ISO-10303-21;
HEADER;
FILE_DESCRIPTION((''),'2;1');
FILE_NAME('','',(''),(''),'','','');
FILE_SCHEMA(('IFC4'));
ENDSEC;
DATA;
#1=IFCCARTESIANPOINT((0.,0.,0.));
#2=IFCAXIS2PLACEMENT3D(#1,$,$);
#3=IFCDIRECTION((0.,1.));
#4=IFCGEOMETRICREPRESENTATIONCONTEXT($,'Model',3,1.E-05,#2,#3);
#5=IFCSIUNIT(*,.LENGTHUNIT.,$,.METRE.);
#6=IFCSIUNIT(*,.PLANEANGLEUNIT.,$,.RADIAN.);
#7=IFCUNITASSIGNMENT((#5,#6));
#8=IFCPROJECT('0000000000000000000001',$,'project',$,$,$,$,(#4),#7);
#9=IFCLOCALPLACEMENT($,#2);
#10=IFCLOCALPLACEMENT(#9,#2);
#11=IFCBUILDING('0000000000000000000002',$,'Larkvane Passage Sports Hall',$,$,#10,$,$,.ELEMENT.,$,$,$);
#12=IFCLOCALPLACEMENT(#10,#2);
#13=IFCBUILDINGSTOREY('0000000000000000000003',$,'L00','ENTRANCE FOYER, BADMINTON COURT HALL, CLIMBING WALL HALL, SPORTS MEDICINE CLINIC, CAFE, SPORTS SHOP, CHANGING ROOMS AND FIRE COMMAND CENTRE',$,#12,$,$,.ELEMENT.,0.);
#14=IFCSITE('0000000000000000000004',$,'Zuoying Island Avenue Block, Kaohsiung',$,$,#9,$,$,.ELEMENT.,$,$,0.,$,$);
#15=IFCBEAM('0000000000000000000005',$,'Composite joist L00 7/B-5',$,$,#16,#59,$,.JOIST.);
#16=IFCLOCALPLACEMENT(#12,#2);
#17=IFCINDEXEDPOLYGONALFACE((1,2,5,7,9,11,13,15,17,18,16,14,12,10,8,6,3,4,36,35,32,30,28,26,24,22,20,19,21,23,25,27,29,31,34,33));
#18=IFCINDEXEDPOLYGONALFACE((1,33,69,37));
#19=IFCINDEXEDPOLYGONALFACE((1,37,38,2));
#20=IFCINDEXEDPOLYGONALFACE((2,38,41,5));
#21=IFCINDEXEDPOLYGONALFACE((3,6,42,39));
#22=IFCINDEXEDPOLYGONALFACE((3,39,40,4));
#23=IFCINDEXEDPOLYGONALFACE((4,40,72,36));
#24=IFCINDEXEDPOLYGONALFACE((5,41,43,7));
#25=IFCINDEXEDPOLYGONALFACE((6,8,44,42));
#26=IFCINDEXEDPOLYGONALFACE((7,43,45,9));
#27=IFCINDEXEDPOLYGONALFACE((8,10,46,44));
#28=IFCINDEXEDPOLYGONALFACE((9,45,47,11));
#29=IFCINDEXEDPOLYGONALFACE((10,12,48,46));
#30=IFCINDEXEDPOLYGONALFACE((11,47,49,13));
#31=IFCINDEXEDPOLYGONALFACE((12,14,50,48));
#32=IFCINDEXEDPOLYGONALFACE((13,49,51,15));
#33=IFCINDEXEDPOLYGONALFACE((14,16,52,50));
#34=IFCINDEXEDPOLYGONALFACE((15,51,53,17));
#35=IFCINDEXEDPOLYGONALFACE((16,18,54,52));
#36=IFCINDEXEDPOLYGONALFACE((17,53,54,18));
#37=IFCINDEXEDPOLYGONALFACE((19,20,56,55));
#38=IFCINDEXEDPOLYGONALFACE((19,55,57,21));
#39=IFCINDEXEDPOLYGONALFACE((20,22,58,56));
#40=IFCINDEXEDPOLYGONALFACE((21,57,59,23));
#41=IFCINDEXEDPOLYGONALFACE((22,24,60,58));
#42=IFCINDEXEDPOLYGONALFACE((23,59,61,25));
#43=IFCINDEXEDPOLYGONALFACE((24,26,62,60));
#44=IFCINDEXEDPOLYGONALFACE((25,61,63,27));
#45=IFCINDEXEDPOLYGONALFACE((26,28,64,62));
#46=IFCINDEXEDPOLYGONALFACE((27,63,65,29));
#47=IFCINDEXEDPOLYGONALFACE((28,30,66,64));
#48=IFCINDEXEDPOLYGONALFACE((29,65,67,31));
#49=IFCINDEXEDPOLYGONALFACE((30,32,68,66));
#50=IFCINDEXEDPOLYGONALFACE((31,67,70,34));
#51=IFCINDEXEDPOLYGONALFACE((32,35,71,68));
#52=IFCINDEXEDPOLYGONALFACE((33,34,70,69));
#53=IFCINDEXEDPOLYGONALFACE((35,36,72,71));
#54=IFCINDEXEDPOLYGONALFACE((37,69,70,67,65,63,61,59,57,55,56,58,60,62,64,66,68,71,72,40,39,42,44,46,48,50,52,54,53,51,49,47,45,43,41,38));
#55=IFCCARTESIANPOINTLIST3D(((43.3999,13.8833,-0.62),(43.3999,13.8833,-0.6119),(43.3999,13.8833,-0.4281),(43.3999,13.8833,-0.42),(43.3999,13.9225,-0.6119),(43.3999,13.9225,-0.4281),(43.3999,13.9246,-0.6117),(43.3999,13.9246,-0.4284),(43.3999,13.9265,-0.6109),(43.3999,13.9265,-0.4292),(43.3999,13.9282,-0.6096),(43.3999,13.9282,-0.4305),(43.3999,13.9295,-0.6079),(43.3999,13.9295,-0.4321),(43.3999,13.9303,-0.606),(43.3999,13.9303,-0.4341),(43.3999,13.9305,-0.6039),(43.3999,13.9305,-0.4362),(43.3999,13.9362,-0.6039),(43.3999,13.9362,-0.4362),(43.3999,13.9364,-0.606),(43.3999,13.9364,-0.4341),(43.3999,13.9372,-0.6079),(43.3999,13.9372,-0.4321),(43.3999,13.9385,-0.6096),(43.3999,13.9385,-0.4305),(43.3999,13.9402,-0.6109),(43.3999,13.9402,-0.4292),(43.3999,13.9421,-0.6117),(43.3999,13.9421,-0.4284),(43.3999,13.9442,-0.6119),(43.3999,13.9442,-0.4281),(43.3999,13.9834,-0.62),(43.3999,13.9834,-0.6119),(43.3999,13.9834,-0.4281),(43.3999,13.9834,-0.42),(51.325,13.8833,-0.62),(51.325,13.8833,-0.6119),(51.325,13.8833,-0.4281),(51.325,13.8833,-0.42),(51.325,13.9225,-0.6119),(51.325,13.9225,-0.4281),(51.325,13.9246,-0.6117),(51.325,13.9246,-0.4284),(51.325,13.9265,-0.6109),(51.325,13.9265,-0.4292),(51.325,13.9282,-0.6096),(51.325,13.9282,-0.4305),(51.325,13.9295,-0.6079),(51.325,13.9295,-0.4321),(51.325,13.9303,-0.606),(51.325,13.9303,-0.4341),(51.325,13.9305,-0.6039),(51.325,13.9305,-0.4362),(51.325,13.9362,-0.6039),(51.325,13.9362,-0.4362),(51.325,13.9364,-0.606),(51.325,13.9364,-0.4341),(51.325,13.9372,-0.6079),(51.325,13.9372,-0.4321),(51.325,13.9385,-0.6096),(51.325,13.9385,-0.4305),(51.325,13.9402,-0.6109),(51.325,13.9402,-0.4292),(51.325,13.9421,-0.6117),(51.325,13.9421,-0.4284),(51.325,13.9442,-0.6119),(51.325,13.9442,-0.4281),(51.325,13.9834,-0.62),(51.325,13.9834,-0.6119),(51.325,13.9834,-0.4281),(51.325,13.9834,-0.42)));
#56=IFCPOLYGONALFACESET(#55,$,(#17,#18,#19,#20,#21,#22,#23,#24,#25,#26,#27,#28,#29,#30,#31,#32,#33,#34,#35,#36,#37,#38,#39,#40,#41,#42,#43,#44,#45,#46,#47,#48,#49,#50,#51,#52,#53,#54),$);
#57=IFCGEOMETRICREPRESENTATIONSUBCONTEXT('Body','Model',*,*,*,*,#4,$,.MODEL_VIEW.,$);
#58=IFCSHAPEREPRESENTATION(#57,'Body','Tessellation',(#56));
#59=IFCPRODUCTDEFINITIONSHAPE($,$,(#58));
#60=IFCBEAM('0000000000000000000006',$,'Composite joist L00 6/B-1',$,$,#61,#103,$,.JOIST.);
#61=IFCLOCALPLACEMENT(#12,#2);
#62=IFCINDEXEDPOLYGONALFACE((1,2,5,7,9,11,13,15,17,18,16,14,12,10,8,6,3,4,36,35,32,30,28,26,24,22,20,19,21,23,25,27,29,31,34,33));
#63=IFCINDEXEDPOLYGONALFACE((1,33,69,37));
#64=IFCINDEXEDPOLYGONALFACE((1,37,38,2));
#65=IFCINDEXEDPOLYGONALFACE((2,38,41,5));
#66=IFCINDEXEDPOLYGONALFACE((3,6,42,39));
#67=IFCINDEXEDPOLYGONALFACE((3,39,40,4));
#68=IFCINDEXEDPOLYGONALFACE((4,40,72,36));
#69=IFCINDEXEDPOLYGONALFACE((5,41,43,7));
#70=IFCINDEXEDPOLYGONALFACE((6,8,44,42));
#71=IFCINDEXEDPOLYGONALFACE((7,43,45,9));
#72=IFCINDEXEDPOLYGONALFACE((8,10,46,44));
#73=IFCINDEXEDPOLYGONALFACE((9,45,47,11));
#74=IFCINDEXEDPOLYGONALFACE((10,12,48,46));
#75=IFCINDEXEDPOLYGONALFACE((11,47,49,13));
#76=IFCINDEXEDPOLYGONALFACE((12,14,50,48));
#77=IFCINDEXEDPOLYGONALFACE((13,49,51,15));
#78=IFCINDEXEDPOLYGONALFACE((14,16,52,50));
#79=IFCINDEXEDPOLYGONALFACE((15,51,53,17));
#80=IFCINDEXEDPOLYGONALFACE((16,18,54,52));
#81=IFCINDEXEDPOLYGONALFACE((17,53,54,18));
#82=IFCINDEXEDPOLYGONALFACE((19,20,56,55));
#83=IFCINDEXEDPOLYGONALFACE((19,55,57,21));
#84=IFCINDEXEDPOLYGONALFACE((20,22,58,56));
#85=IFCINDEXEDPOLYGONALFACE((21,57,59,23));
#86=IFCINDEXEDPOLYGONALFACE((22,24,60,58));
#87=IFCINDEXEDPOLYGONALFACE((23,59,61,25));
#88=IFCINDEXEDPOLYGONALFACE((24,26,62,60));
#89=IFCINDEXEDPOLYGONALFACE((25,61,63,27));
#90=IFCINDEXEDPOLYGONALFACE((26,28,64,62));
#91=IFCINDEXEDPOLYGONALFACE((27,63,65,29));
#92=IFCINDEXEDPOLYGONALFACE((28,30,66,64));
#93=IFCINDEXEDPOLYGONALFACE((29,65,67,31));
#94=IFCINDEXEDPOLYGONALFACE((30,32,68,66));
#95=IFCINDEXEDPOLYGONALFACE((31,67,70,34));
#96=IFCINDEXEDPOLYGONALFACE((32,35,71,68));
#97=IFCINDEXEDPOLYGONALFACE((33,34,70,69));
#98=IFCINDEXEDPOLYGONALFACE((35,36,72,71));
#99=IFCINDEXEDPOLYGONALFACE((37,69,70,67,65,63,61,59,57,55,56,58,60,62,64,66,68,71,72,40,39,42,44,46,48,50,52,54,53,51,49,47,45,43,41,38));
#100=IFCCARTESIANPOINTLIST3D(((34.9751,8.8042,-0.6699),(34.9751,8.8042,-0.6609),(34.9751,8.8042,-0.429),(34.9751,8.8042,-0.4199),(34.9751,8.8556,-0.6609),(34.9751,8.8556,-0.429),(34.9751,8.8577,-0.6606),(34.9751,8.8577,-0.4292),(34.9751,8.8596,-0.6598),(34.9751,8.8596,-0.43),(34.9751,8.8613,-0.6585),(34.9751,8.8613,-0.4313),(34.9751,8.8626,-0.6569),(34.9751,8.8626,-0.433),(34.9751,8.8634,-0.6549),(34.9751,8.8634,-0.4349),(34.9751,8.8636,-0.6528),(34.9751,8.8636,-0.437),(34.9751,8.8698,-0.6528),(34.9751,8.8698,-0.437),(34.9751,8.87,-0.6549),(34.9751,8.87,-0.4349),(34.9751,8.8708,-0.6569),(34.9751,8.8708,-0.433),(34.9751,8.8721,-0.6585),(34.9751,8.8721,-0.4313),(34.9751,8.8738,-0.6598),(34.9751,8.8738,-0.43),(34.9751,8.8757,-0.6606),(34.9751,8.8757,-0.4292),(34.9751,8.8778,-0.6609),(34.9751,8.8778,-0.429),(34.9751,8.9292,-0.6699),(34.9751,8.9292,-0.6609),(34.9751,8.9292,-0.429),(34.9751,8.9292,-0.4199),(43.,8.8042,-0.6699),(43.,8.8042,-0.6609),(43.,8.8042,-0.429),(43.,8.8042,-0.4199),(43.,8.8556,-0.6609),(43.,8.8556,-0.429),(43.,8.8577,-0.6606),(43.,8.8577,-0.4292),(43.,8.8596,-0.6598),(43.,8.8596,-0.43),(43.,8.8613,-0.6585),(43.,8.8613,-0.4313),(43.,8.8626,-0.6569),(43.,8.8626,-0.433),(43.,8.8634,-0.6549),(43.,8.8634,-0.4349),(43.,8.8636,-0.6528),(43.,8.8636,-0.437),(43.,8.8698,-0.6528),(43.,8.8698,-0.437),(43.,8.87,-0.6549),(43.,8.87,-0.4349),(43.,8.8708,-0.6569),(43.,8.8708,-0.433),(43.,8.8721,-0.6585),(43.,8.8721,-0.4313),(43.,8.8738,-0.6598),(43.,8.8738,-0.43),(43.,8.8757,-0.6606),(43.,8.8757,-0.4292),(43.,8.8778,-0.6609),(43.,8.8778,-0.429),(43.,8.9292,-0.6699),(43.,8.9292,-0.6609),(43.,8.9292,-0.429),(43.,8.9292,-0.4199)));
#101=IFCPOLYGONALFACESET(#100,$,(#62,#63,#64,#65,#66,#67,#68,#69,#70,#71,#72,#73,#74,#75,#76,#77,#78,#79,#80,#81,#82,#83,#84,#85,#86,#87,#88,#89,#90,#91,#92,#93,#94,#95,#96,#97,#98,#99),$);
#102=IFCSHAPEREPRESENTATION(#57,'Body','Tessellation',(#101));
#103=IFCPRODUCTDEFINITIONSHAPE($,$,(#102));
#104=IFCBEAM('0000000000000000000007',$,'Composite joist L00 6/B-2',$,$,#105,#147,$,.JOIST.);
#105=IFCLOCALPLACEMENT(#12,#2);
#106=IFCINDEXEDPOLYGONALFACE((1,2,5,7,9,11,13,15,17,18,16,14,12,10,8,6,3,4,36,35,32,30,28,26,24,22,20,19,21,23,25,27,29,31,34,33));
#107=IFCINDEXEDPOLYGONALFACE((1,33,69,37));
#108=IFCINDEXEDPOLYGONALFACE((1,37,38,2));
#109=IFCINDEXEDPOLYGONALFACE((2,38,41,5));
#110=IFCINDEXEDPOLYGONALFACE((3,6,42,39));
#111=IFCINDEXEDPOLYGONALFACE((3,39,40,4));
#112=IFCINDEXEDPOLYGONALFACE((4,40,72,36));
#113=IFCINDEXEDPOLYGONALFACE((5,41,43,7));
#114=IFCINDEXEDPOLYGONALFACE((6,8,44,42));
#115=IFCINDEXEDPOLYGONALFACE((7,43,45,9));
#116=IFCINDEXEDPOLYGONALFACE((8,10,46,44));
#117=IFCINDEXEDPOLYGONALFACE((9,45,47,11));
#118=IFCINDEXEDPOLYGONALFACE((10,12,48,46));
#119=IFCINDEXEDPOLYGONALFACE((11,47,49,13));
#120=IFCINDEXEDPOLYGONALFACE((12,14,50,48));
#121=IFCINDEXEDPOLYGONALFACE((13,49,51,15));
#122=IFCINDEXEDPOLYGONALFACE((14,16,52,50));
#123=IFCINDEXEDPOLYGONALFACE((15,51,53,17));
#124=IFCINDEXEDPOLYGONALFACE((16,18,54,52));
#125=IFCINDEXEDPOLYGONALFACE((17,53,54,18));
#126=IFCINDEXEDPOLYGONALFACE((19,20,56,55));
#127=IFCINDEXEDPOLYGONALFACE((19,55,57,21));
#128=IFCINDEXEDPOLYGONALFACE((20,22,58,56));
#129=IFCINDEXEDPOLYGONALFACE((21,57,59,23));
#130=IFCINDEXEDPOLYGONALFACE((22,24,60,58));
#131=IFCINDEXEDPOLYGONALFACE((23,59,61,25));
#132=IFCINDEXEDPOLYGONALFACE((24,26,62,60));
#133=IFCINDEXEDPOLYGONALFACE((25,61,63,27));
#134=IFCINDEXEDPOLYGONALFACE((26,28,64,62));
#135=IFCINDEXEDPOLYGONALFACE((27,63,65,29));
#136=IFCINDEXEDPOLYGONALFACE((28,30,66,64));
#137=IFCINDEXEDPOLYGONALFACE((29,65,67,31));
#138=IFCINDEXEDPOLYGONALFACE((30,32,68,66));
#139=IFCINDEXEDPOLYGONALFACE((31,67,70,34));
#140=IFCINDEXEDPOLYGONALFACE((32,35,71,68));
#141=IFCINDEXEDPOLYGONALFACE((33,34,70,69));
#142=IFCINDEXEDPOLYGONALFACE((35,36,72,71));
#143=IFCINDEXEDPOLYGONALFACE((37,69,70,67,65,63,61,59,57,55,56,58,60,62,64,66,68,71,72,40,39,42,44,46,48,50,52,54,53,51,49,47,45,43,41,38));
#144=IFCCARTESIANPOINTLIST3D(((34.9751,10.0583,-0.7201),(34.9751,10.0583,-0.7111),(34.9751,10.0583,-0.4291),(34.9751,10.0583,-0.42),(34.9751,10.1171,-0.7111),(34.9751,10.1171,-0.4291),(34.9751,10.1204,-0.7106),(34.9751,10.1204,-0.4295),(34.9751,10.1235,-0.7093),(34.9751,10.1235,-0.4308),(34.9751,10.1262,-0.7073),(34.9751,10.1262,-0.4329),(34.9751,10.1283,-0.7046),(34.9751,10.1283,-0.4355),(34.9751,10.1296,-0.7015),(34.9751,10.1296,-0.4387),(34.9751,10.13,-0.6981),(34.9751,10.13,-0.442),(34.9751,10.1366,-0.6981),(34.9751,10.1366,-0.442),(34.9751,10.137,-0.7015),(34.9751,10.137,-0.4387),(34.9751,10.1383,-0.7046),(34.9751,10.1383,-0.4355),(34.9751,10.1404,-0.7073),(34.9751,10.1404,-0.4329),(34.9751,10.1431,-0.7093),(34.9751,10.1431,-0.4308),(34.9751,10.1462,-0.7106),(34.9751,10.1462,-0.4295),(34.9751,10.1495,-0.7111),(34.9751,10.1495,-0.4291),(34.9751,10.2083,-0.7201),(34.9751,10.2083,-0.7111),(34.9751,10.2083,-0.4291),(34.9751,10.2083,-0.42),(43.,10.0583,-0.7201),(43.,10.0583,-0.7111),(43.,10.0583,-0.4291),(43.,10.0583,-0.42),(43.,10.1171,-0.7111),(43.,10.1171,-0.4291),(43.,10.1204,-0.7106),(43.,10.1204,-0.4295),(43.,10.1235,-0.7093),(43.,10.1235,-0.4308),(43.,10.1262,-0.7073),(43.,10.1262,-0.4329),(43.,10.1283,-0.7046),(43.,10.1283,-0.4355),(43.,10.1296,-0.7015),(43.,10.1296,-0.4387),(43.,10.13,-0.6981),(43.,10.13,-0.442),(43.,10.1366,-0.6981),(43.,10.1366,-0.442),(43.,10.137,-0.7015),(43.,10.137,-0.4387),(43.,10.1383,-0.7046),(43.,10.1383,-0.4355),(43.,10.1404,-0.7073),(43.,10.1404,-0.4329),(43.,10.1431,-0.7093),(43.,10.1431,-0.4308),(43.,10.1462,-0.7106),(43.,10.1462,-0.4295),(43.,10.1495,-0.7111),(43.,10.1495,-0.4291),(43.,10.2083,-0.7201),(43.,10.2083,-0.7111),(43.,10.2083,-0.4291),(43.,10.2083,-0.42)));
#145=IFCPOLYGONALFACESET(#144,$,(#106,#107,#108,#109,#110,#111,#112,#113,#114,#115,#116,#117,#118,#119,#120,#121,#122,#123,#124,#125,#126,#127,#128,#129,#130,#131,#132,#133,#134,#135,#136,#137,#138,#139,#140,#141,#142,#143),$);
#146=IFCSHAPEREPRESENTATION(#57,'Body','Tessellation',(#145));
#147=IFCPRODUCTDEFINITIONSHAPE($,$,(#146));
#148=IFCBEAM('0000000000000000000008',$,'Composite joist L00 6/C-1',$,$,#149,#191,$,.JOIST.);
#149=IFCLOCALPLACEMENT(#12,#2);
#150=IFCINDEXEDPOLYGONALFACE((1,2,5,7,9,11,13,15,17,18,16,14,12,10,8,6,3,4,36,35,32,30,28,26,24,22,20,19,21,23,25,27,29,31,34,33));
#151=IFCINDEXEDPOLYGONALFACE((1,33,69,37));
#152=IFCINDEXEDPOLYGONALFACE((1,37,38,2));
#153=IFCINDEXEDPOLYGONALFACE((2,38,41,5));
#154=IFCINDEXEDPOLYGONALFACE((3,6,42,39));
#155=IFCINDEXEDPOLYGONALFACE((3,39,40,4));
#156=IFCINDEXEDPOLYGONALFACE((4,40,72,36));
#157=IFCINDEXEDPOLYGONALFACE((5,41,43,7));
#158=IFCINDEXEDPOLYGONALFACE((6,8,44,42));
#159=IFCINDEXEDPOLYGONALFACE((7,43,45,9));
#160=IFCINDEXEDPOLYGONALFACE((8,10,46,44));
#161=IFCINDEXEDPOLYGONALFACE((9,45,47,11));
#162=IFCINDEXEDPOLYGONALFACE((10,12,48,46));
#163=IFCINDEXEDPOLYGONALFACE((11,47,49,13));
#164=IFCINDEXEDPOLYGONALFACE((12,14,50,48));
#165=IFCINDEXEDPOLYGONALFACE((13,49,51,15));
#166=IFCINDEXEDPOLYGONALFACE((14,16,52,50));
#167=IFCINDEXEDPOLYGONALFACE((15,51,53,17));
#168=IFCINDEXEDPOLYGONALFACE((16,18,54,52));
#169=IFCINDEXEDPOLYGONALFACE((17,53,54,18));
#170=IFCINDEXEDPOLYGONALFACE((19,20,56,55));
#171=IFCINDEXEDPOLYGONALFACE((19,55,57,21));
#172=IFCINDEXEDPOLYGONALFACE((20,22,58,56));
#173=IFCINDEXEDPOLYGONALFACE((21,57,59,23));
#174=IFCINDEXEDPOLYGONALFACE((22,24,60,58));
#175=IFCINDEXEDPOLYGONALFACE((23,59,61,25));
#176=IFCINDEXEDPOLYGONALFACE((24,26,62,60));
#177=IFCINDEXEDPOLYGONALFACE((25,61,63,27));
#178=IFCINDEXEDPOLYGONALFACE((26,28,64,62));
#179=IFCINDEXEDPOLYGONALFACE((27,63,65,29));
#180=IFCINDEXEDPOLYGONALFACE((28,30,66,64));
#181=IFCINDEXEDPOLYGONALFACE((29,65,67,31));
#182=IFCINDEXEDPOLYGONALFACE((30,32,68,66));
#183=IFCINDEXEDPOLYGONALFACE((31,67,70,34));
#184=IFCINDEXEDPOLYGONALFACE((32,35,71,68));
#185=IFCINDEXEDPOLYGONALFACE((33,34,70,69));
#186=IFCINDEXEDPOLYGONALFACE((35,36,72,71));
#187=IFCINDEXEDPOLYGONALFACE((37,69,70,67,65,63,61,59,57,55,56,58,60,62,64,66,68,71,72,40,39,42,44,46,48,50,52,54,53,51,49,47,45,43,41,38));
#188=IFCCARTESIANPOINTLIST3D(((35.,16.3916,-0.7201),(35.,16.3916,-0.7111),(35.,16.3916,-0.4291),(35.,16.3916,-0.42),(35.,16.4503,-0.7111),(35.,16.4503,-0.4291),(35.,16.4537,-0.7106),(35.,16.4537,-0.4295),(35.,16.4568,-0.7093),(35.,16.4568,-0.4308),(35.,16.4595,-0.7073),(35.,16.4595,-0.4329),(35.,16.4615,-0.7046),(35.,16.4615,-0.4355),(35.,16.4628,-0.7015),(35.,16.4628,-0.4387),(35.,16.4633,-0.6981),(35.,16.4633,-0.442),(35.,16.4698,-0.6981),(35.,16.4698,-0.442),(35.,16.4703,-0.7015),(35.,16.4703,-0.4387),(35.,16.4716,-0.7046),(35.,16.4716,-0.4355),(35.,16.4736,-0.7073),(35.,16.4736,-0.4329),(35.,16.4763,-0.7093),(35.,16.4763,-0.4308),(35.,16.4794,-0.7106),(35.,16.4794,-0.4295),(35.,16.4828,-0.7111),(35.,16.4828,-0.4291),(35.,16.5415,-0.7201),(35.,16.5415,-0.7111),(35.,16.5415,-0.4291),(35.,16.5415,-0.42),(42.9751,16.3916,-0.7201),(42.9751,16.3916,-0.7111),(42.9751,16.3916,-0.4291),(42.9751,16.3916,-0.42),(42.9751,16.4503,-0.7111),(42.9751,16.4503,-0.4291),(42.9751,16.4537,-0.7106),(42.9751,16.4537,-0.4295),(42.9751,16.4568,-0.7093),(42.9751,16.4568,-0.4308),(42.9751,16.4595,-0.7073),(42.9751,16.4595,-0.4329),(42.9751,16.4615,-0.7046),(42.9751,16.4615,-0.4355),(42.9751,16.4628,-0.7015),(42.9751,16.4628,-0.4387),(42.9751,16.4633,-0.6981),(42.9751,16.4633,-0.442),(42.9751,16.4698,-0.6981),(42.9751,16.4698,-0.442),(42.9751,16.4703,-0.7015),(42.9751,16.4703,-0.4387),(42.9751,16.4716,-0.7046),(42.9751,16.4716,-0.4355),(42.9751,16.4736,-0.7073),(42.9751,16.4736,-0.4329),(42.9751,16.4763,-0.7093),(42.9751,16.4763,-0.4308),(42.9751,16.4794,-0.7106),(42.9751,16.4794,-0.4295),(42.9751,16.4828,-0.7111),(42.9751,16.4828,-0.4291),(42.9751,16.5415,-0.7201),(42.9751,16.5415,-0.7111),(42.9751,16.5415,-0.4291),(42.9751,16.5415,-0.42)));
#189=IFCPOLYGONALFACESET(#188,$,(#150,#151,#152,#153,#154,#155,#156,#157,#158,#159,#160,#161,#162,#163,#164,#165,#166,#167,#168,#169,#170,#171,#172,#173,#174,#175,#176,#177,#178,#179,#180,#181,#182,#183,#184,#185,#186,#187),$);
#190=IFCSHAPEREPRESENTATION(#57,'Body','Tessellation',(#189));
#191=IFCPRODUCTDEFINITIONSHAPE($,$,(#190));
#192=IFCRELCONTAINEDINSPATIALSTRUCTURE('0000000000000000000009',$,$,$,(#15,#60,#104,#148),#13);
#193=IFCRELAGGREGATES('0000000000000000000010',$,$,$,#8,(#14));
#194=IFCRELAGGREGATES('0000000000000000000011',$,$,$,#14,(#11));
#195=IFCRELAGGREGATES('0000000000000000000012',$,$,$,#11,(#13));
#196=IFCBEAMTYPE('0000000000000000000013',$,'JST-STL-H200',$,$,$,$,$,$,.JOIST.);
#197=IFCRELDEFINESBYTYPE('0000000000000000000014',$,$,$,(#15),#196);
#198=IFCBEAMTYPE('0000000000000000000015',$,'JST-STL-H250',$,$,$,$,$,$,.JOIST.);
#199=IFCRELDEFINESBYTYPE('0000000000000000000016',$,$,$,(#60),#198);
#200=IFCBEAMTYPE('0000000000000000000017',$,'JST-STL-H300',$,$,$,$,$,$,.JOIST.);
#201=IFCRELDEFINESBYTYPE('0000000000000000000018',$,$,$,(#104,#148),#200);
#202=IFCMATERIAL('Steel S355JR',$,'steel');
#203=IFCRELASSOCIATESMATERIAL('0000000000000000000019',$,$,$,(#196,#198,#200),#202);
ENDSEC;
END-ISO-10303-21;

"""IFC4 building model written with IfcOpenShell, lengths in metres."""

from ifc_helpers import new_model, si_unit, direction, frame, origin, origin_2d, place, context, subcontext, project, spatial, i_section, extrude, material, material_profile, profile_set, type_object, element, save


model = new_model("IFC4")

# Units and contexts
model_context = context("Model", 3, precision=1e-05, world=origin(), true_north=direction((0.0, 1.0)))
body_context = subcontext(model_context, "Body", "Model", "MODEL_VIEW")
ifc_project = project(units=[si_unit("LENGTHUNIT", "METRE"), si_unit("PLANEANGLEUNIT", "RADIAN")], contexts=[model_context])

# Site, building, storey
site_placement = place(None, origin())
site = spatial("IfcSite", under=ifc_project, at=site_placement, Name="Zuoying Island Avenue Block, Kaohsiung", CompositionType="ELEMENT", RefElevation=0.0)
building_placement = place(site_placement, origin())
building = spatial("IfcBuilding", under=site, at=building_placement, Name="Larkvane Passage Sports Hall", CompositionType="ELEMENT")
storey_placement = place(building_placement, origin())
storey = spatial("IfcBuildingStorey", under=building, at=storey_placement, Name="L00", Description="ENTRANCE FOYER, BADMINTON COURT HALL, CLIMBING WALL HALL, SPORTS MEDICINE CLINIC, CAFE, SPORTS SHOP, CHANGING ROOMS AND FIRE COMMAND CENTRE", CompositionType="ELEMENT", Elevation=0.0)

# Beams
ifc_material_1 = material(Name="Steel S355JR", Category="steel")
ifc_material_profile_1 = material_profile(ifc_material_1, i_section(OverallWidth=0.1001, OverallDepth=0.2, WebThickness=0.0056, FlangeThickness=0.0081, FilletRadius=0.0081, at=origin_2d()), Name="H-200x100x5.5x8")
ifc_profile_set_1 = profile_set([ifc_material_profile_1], Name="Steel S355JR")
beam_type_1 = type_object("IfcBeamType", Name="JST-STL-H200", PredefinedType="JOIST", material=ifc_profile_set_1)
beam_1_placement = place(storey_placement, frame((43.3999, 13.9333, -0.52), z_axis=(1.0, 0.0, 0.0), x_axis=(0.0, 1.0, 0.0)))
element("IfcBeam", 1, at=beam_1_placement, inside=storey, type_object=beam_type_1, Name="Composite joist L00 7/B-5", PredefinedType="JOIST", context=body_context, shape_type="SweptSolid", body=[
    extrude(i_section(OverallWidth=0.1001, OverallDepth=0.2, WebThickness=0.0056, FlangeThickness=0.0081, FilletRadius=0.0081, at=origin_2d()), origin(), (0.0, 0.0, 1.0), 7.925),
])
ifc_material_profile_2 = material_profile(ifc_material_1, i_section(OverallWidth=0.125, OverallDepth=0.25, WebThickness=0.0061, FlangeThickness=0.009, FilletRadius=0.0081, at=origin_2d()), Name="H-250x125x6x9")
ifc_profile_set_2 = profile_set([ifc_material_profile_2], Name="Steel S355JR")
beam_type_2 = type_object("IfcBeamType", Name="JST-STL-H250", PredefinedType="JOIST", material=ifc_profile_set_2)
beam_2_placement = place(storey_placement, frame((34.9751, 8.8667, -0.5449), z_axis=(1.0, 0.0, 0.0), x_axis=(0.0, 1.0, 0.0)))
element("IfcBeam", 2, at=beam_2_placement, inside=storey, type_object=beam_type_2, Name="Composite joist L00 6/B-1", PredefinedType="JOIST", context=body_context, shape_type="SweptSolid", body=[
    extrude(i_section(OverallWidth=0.125, OverallDepth=0.25, WebThickness=0.0061, FlangeThickness=0.009, FilletRadius=0.0081, at=origin_2d()), origin(), (0.0, 0.0, 1.0), 8.0249),
])
ifc_material_profile_3 = material_profile(ifc_material_1, i_section(OverallWidth=0.1499, OverallDepth=0.3, WebThickness=0.0066, FlangeThickness=0.009, FilletRadius=0.0129, at=origin_2d()), Name="H-300x150x6.5x9")
ifc_profile_set_3 = profile_set([ifc_material_profile_3], Name="Steel S355JR")
beam_type_3 = type_object("IfcBeamType", Name="JST-STL-H300", PredefinedType="JOIST", material=ifc_profile_set_3)
beam_3_placement = place(storey_placement, frame((34.9751, 10.1333, -0.5701), z_axis=(1.0, 0.0, 0.0), x_axis=(0.0, 1.0, 0.0)))
element("IfcBeam", 3, at=beam_3_placement, inside=storey, type_object=beam_type_3, Name="Composite joist L00 6/B-2", PredefinedType="JOIST", context=body_context, shape_type="SweptSolid", body=[
    extrude(i_section(OverallWidth=0.1499, OverallDepth=0.3, WebThickness=0.0066, FlangeThickness=0.009, FilletRadius=0.0129, at=origin_2d()), origin(), (0.0, 0.0, 1.0), 8.0249),
])
beam_4_placement = place(storey_placement, frame((35.0, 16.4666, -0.5701), z_axis=(1.0, 0.0, 0.0), x_axis=(0.0, 1.0, 0.0)))
element("IfcBeam", 4, at=beam_4_placement, inside=storey, type_object=beam_type_3, Name="Composite joist L00 6/C-1", PredefinedType="JOIST", context=body_context, shape_type="SweptSolid", body=[
    extrude(i_section(OverallWidth=0.1499, OverallDepth=0.3, WebThickness=0.0066, FlangeThickness=0.009, FilletRadius=0.0129, at=origin_2d()), origin(), (0.0, 0.0, 1.0), 7.9751),
])

save(model, "model.ifc")
